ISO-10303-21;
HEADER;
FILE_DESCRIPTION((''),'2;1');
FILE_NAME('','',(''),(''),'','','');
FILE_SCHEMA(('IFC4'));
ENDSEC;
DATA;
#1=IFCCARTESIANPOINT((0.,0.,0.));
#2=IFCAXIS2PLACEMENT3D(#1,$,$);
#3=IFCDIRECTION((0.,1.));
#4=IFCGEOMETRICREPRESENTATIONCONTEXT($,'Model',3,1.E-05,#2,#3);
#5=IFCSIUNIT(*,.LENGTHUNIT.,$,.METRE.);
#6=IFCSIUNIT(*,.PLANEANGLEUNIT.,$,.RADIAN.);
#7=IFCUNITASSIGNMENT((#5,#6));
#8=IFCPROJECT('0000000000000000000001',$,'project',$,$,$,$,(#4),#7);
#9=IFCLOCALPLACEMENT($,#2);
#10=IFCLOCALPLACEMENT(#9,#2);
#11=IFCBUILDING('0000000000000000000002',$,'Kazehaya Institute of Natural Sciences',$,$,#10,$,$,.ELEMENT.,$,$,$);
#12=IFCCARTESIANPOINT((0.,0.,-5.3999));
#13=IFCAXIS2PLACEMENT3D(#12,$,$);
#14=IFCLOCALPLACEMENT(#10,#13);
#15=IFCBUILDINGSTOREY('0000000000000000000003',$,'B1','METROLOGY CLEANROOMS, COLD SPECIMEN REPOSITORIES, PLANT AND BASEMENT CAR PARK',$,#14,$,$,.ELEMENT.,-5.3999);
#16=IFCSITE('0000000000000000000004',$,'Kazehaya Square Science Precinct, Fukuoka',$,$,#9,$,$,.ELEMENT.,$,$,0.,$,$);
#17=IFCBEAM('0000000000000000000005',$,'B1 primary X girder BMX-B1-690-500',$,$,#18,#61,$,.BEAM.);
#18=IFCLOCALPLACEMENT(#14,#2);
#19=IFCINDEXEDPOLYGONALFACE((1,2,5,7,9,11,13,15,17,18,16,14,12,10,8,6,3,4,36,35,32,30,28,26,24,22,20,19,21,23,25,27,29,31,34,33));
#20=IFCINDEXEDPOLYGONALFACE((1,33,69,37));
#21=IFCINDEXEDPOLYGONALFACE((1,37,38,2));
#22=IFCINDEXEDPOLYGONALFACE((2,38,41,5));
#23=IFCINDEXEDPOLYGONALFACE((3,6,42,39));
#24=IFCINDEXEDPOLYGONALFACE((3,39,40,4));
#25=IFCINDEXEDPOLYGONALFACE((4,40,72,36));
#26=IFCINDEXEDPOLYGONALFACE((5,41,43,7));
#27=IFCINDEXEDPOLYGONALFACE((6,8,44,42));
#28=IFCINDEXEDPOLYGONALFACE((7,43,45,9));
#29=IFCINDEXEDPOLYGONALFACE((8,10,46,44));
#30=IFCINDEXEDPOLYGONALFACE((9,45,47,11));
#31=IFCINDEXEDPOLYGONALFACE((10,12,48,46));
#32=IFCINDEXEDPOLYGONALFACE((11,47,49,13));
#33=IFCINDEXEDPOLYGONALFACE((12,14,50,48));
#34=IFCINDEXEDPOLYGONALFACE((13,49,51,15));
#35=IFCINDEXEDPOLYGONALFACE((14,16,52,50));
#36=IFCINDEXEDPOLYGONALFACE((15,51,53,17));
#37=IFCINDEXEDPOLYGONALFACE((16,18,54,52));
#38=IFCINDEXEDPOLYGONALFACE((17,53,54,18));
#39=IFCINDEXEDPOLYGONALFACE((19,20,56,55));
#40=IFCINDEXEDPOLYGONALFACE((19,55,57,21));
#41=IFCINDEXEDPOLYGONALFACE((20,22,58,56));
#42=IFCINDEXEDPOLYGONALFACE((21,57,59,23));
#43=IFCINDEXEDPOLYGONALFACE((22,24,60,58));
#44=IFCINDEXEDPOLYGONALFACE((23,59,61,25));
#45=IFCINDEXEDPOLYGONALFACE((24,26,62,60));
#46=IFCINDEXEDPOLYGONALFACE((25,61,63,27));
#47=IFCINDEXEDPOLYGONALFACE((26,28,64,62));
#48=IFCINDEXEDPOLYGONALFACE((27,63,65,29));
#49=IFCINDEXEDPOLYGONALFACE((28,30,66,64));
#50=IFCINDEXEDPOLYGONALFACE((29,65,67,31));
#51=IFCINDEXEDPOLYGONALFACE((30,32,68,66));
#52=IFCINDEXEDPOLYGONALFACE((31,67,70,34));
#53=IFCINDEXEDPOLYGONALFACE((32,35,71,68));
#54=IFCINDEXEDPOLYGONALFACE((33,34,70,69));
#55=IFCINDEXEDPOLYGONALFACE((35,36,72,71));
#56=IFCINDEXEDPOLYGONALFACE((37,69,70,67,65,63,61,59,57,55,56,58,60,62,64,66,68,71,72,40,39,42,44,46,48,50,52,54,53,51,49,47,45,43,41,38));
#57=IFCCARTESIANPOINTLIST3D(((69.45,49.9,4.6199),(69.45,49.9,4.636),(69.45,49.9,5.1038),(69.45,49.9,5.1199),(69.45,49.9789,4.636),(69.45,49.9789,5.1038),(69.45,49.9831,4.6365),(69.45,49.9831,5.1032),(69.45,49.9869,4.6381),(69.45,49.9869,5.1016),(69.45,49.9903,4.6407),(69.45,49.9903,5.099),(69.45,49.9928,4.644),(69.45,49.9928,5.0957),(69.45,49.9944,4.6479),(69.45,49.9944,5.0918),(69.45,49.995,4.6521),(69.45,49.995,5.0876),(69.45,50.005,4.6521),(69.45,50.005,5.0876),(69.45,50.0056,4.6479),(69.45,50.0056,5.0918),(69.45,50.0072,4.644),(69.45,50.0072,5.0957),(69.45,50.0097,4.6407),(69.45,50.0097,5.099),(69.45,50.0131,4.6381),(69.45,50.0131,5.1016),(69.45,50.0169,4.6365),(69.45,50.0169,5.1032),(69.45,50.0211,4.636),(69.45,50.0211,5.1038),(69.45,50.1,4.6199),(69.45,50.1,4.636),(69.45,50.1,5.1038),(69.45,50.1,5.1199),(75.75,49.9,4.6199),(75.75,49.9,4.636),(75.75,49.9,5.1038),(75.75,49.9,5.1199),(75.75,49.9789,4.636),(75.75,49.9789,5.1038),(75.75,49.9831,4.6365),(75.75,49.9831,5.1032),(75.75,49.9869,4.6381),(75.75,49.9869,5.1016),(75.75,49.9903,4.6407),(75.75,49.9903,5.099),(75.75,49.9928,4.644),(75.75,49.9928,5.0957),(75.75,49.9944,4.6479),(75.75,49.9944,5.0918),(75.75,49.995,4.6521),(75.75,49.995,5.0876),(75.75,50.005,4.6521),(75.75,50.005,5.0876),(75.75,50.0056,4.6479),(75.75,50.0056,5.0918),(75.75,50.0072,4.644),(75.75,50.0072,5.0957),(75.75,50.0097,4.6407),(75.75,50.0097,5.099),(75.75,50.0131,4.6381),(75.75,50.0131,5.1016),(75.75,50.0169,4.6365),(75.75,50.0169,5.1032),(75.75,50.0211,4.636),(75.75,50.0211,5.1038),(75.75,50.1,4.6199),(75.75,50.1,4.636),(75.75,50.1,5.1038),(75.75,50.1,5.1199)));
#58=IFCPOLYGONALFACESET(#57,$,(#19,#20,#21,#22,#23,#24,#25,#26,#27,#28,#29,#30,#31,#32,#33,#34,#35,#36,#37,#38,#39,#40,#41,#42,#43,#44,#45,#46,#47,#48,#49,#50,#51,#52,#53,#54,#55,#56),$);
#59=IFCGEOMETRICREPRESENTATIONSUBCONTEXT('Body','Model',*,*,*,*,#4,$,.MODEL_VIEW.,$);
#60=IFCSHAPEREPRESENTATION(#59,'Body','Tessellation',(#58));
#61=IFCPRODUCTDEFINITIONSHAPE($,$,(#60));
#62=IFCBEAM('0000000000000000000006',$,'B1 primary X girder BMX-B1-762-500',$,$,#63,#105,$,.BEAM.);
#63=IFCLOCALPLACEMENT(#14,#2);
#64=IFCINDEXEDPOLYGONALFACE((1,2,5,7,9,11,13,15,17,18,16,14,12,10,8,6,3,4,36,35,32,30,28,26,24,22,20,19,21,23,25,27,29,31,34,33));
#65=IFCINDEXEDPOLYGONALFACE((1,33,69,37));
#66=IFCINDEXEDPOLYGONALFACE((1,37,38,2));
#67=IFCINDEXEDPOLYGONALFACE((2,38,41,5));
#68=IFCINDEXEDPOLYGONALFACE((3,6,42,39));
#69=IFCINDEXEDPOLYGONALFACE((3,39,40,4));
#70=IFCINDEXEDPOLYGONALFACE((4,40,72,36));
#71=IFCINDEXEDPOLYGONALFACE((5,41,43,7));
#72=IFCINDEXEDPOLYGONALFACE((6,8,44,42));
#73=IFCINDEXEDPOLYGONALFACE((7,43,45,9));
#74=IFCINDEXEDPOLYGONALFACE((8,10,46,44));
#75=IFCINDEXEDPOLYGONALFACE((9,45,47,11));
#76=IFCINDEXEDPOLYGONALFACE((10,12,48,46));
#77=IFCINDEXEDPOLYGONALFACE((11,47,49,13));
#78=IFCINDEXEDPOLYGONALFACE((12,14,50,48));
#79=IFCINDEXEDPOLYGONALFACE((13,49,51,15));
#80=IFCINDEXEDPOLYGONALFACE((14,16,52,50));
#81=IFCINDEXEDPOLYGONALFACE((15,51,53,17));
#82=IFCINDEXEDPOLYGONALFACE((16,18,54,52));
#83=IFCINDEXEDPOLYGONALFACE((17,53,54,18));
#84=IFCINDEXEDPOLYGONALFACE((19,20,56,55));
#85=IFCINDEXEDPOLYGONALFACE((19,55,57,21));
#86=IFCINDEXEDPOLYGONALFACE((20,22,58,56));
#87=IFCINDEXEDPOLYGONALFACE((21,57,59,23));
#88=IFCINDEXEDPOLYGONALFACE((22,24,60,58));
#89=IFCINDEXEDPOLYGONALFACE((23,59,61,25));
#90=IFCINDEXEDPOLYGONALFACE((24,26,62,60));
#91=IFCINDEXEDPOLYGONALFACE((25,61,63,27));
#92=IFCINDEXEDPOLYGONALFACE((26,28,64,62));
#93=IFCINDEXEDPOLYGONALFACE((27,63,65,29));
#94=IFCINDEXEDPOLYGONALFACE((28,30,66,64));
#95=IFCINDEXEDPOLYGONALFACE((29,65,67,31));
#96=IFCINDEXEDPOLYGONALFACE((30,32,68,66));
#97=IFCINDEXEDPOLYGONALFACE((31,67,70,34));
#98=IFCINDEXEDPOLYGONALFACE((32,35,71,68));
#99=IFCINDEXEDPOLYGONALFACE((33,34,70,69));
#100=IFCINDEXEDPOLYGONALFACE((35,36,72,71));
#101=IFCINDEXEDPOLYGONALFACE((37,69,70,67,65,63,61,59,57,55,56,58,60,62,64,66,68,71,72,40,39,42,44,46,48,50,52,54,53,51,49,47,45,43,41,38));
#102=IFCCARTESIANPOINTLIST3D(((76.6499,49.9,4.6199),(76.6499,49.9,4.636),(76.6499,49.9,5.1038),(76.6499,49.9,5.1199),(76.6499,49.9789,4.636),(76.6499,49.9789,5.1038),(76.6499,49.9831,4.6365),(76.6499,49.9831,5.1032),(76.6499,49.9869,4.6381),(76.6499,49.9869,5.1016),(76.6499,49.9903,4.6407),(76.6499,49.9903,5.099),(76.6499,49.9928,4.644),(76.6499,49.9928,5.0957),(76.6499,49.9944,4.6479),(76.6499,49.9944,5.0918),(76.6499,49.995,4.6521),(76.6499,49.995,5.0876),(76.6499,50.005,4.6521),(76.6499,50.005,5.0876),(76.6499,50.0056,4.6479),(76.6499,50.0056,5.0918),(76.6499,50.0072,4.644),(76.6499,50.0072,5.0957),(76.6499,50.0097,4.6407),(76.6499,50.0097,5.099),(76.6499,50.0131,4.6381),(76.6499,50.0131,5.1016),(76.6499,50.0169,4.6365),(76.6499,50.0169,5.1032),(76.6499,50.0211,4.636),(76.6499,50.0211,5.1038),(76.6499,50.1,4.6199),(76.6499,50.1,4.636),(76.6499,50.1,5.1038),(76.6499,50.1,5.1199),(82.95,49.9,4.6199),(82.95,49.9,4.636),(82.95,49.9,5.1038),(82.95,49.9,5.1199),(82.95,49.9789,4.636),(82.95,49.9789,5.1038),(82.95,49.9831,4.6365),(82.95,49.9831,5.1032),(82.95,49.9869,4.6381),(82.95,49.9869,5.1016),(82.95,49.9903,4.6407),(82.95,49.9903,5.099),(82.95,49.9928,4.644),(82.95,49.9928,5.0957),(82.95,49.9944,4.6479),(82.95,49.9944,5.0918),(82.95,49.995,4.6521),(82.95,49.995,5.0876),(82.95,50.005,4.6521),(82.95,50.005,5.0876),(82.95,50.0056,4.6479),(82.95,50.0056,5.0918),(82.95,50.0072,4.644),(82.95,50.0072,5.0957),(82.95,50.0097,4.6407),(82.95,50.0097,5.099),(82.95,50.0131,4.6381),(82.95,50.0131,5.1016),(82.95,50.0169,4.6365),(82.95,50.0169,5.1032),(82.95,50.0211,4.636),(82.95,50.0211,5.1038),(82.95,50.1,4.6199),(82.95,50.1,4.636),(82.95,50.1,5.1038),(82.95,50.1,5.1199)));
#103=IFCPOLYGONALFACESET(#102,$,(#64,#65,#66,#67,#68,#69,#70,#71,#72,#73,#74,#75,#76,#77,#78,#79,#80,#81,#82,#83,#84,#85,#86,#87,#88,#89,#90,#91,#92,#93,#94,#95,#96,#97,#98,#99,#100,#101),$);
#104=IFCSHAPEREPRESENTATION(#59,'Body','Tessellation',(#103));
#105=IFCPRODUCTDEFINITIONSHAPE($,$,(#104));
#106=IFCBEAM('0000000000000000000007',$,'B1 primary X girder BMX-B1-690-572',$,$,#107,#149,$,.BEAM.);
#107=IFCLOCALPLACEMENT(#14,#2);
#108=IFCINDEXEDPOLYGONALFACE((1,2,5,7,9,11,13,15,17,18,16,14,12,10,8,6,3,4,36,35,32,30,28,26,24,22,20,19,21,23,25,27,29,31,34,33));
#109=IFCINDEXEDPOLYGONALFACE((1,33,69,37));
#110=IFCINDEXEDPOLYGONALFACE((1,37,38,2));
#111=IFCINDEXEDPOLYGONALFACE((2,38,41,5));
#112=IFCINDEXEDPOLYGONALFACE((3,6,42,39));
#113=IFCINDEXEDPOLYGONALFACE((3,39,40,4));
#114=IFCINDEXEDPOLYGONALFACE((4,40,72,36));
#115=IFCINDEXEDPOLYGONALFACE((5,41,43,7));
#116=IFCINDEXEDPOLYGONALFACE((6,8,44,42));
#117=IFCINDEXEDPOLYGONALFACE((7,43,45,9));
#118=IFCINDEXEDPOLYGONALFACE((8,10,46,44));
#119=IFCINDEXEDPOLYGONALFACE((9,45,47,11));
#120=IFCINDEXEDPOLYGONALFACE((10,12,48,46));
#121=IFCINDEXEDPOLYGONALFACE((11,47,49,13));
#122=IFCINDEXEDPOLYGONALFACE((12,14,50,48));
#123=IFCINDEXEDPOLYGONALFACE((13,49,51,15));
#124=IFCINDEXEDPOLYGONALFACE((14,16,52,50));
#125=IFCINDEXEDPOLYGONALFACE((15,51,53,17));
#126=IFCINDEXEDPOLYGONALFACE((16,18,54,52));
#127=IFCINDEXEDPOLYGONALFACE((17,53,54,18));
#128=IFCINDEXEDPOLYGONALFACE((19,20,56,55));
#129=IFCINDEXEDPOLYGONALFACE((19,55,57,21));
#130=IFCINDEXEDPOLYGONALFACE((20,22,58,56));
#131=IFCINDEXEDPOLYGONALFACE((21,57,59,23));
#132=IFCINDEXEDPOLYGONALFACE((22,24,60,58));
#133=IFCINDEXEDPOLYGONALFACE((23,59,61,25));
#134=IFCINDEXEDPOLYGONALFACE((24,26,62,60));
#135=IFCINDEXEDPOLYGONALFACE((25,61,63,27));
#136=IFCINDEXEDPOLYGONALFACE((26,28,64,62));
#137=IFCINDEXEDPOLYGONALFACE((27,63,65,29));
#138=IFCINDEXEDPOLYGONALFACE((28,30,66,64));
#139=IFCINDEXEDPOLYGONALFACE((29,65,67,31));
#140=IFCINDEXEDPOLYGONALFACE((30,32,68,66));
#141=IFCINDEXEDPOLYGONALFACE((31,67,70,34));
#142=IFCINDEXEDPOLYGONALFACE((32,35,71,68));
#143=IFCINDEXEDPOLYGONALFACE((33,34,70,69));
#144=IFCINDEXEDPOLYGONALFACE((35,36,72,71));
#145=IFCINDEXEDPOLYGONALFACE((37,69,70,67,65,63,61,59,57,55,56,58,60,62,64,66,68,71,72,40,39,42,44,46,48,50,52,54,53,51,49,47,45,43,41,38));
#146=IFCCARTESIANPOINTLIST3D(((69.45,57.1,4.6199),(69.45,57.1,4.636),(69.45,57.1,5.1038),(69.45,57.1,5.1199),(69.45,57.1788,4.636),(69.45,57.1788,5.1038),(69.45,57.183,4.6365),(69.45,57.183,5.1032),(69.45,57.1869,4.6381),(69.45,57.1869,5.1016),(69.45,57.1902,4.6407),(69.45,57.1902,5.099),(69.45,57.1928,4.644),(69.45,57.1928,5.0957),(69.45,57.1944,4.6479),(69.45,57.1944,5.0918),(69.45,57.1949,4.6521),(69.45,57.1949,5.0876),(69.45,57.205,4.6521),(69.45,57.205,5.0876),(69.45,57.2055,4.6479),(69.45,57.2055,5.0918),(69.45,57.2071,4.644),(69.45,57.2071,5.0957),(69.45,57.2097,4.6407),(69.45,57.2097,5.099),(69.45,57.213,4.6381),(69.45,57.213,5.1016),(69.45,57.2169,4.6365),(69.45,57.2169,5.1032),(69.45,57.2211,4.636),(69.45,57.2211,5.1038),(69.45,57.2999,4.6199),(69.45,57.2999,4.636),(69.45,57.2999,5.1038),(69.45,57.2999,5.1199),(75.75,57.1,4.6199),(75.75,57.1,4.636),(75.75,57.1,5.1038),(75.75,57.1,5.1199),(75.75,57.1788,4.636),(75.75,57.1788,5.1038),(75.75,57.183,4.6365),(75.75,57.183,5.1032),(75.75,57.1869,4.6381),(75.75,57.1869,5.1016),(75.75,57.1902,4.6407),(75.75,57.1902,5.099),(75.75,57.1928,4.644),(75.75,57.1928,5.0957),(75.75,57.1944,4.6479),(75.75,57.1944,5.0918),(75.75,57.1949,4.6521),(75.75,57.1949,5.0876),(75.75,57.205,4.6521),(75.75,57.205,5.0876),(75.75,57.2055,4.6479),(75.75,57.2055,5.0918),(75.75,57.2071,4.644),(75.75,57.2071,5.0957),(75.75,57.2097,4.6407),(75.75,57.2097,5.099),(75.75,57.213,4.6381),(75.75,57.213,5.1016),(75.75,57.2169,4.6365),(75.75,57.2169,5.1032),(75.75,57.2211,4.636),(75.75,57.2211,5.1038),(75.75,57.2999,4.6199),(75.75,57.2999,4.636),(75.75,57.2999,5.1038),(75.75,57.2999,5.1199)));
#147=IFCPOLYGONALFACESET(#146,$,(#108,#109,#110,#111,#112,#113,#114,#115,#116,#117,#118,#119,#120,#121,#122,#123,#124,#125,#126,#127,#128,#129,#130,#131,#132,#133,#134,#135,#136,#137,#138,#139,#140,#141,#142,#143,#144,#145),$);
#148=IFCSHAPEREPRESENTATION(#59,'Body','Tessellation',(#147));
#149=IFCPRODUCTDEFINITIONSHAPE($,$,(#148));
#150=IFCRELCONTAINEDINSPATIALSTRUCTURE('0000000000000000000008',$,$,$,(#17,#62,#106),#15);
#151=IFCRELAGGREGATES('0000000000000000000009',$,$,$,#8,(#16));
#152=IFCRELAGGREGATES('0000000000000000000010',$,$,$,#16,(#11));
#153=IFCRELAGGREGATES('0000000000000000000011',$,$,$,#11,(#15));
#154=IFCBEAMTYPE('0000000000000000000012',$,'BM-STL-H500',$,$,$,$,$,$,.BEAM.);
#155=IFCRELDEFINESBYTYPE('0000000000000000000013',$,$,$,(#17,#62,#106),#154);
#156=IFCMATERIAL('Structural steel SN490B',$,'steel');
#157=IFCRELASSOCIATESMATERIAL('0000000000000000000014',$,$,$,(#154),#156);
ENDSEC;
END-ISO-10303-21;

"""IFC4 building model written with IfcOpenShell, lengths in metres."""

from ifc_helpers import new_model, si_unit, direction, frame, origin, origin_2d, place, context, subcontext, project, spatial, i_section, extrude, material, material_profile, profile_set, type_object, element, save


model = new_model("IFC4")

# Units and contexts
model_context = context("Model", 3, precision=1e-05, world=origin(), true_north=direction((0.0, 1.0)))
body_context = subcontext(model_context, "Body", "Model", "MODEL_VIEW")
ifc_project = project(units=[si_unit("LENGTHUNIT", "METRE"), si_unit("PLANEANGLEUNIT", "RADIAN")], contexts=[model_context])

# Site, building, storey
site_placement = place(None, origin())
site = spatial("IfcSite", under=ifc_project, at=site_placement, Name="Kazehaya Square Science Precinct, Fukuoka", CompositionType="ELEMENT", RefElevation=0.0)
building_placement = place(site_placement, origin())
building = spatial("IfcBuilding", under=site, at=building_placement, Name="Kazehaya Institute of Natural Sciences", CompositionType="ELEMENT")
storey_placement = place(building_placement, frame((0.0, 0.0, -5.3999)))
storey = spatial("IfcBuildingStorey", under=building, at=storey_placement, Name="B1", Description="METROLOGY CLEANROOMS, COLD SPECIMEN REPOSITORIES, PLANT AND BASEMENT CAR PARK", CompositionType="ELEMENT", Elevation=-5.3999)

# Beams
ifc_material_1 = material(Name="Structural steel SN490B", Category="steel")
ifc_material_profile_1 = material_profile(ifc_material_1, i_section(OverallWidth=0.2, OverallDepth=0.5, WebThickness=0.01, FlangeThickness=0.0161, FilletRadius=0.0161, at=origin_2d()), Name="H-500x200x10x16")
ifc_profile_set_1 = profile_set([ifc_material_profile_1], Name="Structural steel SN490B")
beam_type_1 = type_object("IfcBeamType", Name="BM-STL-H500", PredefinedType="BEAM", material=ifc_profile_set_1)
for number, where, z_axis, x_axis, name in (
    (1, (69.45, 50.0, 4.8699), (1.0, 0.0, 0.0), (0.0, 1.0, 0.0), "B1 primary X girder BMX-B1-690-500"),
    (2, (76.6499, 50.0, 4.8699), (1.0, 0.0, 0.0), (0.0, 1.0, 0.0), "B1 primary X girder BMX-B1-762-500"),
    (3, (69.45, 57.2, 4.8699), (1.0, 0.0, 0.0), (0.0, 1.0, 0.0), "B1 primary X girder BMX-B1-690-572"),
):
    element("IfcBeam", number, at=place(storey_placement, frame(where, z_axis=z_axis, x_axis=x_axis)), inside=storey, type_object=beam_type_1, Name=name, PredefinedType="BEAM", context=body_context, shape_type="SweptSolid", body=[
        extrude(i_section(OverallWidth=0.2, OverallDepth=0.5, WebThickness=0.01, FlangeThickness=0.0161, FilletRadius=0.0161, at=origin_2d()), origin(), (0.0, 0.0, 1.0), 6.3),
    ])

save(model, "model.ifc")
